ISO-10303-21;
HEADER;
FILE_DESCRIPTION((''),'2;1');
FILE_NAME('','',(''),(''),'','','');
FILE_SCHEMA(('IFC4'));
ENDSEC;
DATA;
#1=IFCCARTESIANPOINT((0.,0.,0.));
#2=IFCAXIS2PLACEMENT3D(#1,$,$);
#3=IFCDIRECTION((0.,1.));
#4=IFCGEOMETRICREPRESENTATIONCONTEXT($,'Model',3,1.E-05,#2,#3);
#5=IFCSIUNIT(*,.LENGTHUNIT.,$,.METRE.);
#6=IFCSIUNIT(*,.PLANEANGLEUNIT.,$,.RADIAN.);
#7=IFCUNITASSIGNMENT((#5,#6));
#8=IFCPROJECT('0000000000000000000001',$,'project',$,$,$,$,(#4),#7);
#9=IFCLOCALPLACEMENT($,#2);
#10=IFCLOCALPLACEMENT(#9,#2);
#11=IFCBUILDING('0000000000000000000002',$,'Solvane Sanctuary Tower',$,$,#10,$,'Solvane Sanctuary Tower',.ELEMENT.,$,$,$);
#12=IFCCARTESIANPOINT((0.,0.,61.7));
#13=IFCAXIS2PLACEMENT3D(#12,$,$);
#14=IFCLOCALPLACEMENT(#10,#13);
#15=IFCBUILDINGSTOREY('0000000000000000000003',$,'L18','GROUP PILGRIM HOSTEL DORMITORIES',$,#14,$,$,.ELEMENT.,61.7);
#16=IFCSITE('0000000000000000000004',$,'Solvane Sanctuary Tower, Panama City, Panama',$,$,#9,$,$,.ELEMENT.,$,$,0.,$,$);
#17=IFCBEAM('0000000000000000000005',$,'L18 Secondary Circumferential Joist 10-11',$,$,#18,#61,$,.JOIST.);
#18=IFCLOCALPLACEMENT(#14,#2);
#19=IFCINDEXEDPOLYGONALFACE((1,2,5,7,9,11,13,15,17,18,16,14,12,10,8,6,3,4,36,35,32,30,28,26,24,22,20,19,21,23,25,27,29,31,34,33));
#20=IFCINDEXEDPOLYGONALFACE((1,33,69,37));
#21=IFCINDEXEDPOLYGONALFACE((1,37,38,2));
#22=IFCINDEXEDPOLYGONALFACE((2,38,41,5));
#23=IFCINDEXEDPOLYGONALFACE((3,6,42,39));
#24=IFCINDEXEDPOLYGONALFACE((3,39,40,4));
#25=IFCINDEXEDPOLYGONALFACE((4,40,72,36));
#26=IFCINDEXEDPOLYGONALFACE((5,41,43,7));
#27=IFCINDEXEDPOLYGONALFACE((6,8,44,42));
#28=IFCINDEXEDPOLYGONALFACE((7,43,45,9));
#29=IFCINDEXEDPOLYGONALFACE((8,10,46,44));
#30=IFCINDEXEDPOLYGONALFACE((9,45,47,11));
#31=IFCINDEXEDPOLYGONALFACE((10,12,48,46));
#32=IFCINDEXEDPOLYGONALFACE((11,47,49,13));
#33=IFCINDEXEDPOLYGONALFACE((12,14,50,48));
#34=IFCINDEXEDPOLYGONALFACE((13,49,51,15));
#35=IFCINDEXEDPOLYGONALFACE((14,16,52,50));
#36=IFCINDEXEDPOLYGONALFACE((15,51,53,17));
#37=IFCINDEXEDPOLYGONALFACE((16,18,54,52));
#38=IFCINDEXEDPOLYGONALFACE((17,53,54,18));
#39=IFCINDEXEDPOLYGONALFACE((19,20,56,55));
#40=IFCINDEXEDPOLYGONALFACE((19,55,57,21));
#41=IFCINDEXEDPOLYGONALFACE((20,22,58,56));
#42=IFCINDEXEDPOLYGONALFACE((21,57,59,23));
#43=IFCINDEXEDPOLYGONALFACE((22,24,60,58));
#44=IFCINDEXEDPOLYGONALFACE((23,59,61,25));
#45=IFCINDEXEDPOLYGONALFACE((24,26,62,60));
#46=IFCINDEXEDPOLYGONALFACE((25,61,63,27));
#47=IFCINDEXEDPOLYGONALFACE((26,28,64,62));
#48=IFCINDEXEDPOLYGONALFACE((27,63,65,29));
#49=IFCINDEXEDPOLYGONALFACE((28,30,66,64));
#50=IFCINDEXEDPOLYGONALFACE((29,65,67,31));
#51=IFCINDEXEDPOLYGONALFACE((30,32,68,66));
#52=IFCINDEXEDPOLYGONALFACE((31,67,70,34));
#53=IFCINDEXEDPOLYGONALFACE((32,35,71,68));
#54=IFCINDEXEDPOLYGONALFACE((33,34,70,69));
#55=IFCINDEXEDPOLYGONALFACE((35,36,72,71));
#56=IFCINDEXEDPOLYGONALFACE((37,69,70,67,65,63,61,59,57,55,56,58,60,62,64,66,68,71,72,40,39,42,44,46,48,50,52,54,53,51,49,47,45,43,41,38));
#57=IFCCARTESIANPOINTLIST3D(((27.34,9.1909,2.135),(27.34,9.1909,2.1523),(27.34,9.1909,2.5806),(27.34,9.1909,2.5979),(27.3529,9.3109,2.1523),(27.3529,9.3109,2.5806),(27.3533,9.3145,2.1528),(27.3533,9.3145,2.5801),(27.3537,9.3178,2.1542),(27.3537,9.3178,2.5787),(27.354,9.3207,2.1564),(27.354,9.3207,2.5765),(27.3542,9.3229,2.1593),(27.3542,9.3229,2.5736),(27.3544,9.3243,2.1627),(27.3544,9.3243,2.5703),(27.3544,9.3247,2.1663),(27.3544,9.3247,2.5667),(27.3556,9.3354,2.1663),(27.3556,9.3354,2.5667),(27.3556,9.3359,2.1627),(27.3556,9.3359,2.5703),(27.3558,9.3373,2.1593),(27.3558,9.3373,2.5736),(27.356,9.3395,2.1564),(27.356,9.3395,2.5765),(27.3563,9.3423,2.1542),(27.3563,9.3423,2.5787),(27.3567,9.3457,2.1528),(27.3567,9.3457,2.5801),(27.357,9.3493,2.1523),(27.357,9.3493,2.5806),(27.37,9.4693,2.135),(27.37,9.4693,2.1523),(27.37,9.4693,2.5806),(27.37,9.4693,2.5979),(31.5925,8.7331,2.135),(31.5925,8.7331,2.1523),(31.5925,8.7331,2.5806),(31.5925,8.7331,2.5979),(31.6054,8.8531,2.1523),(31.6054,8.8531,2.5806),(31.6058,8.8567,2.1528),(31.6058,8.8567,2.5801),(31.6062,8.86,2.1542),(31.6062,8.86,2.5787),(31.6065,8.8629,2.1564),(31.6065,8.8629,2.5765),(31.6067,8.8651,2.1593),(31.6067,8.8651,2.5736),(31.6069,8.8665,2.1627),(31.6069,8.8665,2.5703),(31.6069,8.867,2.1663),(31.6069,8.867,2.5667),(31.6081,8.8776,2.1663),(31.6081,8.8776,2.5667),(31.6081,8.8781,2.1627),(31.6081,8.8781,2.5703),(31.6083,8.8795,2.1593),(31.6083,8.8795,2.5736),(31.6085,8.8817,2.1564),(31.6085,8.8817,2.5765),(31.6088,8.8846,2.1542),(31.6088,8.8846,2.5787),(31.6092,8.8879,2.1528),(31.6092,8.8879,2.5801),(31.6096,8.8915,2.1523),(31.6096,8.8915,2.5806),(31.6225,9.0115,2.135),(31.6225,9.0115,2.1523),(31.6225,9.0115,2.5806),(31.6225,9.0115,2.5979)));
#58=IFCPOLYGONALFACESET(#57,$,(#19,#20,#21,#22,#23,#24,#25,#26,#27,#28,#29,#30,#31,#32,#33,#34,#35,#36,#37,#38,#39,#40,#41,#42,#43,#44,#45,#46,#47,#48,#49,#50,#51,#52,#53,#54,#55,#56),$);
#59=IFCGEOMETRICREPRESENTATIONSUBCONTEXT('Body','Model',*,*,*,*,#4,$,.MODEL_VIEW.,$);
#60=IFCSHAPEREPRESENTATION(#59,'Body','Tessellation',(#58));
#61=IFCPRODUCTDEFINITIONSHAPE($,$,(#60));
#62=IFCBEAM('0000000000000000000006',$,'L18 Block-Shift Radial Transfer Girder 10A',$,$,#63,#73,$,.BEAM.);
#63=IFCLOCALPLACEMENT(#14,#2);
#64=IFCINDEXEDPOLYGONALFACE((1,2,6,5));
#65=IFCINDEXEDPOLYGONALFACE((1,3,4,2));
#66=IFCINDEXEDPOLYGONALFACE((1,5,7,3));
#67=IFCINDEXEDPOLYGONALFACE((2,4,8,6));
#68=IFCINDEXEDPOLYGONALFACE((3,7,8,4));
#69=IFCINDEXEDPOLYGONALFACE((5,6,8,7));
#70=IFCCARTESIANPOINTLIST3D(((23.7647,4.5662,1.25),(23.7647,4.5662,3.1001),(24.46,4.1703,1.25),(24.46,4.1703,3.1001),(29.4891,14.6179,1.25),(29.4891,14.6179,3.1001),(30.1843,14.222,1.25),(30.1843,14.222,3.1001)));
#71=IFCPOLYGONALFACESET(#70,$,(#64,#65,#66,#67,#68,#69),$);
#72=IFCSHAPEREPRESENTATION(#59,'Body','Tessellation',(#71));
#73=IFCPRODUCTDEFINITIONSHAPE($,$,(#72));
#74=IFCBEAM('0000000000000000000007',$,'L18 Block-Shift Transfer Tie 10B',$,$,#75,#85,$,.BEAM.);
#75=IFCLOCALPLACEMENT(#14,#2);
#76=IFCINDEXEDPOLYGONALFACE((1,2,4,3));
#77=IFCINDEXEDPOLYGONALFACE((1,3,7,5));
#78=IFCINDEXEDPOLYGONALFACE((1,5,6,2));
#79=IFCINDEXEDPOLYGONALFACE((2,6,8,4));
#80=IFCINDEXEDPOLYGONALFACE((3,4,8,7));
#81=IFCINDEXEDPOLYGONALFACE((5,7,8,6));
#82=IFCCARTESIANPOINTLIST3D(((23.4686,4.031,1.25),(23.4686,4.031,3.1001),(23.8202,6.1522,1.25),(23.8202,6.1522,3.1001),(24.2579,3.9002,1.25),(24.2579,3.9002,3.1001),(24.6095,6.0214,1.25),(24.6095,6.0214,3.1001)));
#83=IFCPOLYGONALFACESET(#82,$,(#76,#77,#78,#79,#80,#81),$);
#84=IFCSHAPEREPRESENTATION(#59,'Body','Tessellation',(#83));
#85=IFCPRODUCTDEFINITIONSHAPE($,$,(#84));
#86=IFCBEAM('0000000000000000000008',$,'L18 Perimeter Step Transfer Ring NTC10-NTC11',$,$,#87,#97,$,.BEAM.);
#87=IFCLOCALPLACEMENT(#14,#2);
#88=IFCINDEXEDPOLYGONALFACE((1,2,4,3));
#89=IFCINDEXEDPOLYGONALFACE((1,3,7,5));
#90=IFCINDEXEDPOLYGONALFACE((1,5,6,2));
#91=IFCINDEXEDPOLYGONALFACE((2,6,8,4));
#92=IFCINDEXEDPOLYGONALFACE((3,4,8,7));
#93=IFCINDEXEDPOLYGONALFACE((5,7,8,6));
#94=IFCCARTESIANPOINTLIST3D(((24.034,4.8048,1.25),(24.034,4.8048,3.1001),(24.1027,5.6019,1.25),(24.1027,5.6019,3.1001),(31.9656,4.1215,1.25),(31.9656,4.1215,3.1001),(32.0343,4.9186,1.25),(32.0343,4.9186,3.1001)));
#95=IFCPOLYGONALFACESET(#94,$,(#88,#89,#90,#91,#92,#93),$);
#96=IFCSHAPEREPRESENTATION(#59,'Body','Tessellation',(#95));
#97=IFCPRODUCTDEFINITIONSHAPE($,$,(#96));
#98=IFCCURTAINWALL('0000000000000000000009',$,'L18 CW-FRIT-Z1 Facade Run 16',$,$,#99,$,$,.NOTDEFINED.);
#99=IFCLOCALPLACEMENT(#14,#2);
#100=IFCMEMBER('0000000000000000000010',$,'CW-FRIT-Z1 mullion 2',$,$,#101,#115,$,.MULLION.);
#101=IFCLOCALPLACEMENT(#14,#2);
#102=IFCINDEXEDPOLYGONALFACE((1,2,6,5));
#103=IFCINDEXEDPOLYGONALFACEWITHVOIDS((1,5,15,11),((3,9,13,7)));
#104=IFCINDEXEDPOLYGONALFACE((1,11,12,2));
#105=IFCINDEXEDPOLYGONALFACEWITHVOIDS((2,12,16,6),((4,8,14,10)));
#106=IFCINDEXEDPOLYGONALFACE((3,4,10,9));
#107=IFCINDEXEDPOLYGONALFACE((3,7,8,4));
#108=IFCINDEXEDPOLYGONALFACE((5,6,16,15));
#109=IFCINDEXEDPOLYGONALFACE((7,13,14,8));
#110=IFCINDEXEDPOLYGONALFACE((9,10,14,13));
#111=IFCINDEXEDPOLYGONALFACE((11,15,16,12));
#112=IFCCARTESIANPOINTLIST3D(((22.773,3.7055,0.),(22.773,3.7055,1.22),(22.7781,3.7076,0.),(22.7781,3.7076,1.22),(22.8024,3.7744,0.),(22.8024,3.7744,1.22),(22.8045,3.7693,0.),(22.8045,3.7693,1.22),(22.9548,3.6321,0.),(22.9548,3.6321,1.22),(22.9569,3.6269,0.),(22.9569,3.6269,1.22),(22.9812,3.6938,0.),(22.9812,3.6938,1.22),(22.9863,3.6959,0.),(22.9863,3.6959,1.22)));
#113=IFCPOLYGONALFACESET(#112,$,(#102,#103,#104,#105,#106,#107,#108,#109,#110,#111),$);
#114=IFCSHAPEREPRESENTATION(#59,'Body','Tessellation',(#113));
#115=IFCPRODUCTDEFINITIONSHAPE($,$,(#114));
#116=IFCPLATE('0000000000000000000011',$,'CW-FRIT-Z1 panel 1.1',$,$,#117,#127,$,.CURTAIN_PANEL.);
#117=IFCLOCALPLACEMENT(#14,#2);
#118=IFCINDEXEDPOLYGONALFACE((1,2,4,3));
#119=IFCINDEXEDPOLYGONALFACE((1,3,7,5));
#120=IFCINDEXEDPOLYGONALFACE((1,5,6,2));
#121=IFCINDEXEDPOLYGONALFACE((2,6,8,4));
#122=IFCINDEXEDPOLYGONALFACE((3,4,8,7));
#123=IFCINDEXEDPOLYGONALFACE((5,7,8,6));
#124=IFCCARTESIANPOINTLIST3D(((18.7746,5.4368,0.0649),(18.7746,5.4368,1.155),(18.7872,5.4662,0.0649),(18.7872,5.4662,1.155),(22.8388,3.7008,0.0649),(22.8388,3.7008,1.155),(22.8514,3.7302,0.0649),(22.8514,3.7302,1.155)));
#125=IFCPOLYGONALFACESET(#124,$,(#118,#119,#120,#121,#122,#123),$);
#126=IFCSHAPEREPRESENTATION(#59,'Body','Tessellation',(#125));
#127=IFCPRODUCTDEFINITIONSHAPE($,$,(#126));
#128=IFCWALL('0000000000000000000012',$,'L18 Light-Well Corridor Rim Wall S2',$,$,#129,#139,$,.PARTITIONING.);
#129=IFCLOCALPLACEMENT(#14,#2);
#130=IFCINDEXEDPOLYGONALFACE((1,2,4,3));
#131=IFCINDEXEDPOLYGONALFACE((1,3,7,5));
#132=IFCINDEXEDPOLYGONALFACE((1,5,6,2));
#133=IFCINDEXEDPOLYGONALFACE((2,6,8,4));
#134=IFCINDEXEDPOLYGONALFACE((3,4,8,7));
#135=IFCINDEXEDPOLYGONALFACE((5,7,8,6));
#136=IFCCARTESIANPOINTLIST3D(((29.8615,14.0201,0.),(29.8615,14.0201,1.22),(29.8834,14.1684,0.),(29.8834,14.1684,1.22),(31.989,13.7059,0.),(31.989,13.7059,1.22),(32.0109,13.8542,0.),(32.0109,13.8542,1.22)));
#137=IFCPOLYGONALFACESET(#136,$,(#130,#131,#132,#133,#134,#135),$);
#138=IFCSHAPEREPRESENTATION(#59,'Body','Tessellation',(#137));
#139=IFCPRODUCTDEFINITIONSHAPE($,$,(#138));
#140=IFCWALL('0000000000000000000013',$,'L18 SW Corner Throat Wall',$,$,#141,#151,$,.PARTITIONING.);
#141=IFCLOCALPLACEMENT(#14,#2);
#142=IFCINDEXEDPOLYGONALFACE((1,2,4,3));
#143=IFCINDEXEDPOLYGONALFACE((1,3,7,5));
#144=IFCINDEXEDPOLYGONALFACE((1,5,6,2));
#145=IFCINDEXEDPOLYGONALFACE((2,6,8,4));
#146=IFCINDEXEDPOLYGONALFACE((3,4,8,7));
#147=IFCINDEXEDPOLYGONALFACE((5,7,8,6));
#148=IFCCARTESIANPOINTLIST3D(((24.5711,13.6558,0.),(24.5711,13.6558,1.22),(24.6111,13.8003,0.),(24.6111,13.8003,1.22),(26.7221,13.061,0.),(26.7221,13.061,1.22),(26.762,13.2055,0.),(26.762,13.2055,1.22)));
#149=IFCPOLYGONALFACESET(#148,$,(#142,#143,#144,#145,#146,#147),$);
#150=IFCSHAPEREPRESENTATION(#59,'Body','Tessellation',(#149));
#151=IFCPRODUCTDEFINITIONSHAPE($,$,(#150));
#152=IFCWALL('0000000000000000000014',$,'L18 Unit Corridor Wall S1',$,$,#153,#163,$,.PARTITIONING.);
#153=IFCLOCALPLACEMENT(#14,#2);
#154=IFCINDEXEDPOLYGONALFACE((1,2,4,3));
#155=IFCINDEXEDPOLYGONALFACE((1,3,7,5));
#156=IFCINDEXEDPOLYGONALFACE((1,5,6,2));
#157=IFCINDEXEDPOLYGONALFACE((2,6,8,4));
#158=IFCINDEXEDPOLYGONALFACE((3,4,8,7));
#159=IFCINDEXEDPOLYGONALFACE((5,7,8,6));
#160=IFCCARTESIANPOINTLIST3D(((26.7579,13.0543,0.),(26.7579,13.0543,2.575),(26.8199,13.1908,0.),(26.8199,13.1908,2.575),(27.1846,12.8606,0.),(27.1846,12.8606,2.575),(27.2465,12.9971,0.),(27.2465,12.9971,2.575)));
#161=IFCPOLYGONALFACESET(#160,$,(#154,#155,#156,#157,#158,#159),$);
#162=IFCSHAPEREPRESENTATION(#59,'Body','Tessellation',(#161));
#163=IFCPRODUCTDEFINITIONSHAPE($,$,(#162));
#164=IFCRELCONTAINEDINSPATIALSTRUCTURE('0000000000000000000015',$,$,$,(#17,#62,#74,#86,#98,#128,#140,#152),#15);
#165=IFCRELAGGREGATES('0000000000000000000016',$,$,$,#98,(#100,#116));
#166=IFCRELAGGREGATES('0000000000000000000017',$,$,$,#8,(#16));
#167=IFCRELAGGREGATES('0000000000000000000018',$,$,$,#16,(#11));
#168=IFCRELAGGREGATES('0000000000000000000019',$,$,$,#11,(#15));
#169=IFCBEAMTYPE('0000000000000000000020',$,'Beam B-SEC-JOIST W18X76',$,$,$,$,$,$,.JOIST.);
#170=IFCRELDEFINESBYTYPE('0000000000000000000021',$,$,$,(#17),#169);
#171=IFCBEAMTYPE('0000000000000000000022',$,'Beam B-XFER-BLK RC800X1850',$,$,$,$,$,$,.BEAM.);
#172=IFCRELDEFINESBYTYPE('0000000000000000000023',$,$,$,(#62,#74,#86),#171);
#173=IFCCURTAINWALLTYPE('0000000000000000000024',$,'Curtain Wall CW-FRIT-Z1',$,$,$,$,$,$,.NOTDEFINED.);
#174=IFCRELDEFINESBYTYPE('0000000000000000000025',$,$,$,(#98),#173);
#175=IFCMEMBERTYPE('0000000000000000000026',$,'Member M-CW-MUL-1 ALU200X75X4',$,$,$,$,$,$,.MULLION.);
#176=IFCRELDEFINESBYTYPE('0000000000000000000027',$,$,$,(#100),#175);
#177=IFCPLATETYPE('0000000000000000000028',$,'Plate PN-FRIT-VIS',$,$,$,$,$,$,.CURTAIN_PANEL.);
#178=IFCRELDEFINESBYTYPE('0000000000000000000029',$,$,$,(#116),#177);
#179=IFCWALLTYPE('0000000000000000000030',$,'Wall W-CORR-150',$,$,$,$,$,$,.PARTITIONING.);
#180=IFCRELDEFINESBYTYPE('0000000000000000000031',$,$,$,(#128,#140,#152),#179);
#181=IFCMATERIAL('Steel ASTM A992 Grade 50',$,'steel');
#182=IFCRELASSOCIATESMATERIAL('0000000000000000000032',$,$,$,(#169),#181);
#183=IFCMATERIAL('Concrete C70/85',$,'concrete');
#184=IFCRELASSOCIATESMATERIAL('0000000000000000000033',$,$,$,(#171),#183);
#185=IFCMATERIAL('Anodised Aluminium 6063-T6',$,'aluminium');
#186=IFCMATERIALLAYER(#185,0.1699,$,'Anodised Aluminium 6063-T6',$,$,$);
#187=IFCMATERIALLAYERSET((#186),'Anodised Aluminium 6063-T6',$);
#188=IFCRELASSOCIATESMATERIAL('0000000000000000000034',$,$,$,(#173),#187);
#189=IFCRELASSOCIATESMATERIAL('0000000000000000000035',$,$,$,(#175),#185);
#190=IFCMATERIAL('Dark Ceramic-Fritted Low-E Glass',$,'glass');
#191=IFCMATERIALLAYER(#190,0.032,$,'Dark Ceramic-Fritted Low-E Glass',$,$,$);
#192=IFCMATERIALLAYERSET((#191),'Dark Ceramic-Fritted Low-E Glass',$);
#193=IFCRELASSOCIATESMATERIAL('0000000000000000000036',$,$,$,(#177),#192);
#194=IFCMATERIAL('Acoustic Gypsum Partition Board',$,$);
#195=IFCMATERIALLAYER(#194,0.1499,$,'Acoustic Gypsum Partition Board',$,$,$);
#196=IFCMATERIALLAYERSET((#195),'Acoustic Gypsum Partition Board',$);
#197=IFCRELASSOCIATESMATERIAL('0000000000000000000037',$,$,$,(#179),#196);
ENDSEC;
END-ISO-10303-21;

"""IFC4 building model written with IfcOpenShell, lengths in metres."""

from ifc_helpers import new_model, si_unit, direction, frame, frame_2d, origin, origin_2d, place, context, subcontext, project, spatial, rectangle, hollow_rectangle, i_section, extrude, material, layer, layer_set, material_profile, profile_set, type_object, element, aggregate, save


model = new_model("IFC4")

# Units and contexts
model_context = context("Model", 3, precision=1e-05, world=origin(), true_north=direction((0.0, 1.0)))
body_context = subcontext(model_context, "Body", "Model", "MODEL_VIEW")
ifc_project = project(units=[si_unit("LENGTHUNIT", "METRE"), si_unit("PLANEANGLEUNIT", "RADIAN")], contexts=[model_context])

# Site, building, storey
site_placement = place(None, origin())
site = spatial("IfcSite", under=ifc_project, at=site_placement, Name="Solvane Sanctuary Tower, Panama City, Panama", CompositionType="ELEMENT", RefElevation=0.0)
building_placement = place(site_placement, origin())
building = spatial("IfcBuilding", under=site, at=building_placement, Name="Solvane Sanctuary Tower", LongName="Solvane Sanctuary Tower", CompositionType="ELEMENT")
storey_placement = place(building_placement, frame((0.0, 0.0, 61.7)))
storey = spatial("IfcBuildingStorey", under=building, at=storey_placement, Name="L18", Description="GROUP PILGRIM HOSTEL DORMITORIES", CompositionType="ELEMENT", Elevation=61.7)

# Shared definitions
ifc_material_1 = material(Name="Concrete C70/85", Category="concrete")

# Beams
ifc_material_2 = material(Name="Steel ASTM A992 Grade 50", Category="steel")
ifc_material_profile_1 = material_profile(ifc_material_2, i_section(OverallWidth=0.28, OverallDepth=0.4629, WebThickness=0.0107, FlangeThickness=0.0173, FilletRadius=0.0139, at=origin_2d()), Name="W18X76")
ifc_profile_set_1 = profile_set([ifc_material_profile_1], Name="Steel ASTM A992 Grade 50")
beam_type_1 = type_object("IfcBeamType", Name="Beam B-SEC-JOIST W18X76", PredefinedType="JOIST", material=ifc_profile_set_1)
beam_1_placement = place(storey_placement, frame((27.355, 9.3301, 2.3665), z_axis=(0.994256, -0.107029, 0.0), x_axis=(0.107029, 0.994256, 0.0)))
element("IfcBeam", 1, at=beam_1_placement, inside=storey, type_object=beam_type_1, Name="L18 Secondary Circumferential Joist 10-11", PredefinedType="JOIST", context=body_context, shape_type="SweptSolid", body=[
    extrude(i_section(OverallWidth=0.28, OverallDepth=0.4629, WebThickness=0.0107, FlangeThickness=0.0173, FilletRadius=0.0139, at=origin_2d()), origin(), (0.0, 0.0, 1.0), 4.2771),
])
ifc_material_profile_2 = material_profile(ifc_material_1, rectangle(XDim=0.8, YDim=1.8501, at=origin_2d()), Name="RC800X1850")
ifc_profile_set_2 = profile_set([ifc_material_profile_2], Name="Concrete C70/85")
beam_type_2 = type_object("IfcBeamType", Name="Beam B-XFER-BLK RC800X1850", PredefinedType="BEAM", material=ifc_profile_set_2)
beam_2_placement = place(storey_placement, frame((29.8367, 14.4199, 2.175), z_axis=(-0.494868, -0.868968, 0.0), x_axis=(0.868968, -0.494868, 0.0)))
element("IfcBeam", 2, at=beam_2_placement, inside=storey, type_object=beam_type_2, Name="L18 Block-Shift Radial Transfer Girder 10A", PredefinedType="BEAM", context=body_context, shape_type="SweptSolid", body=[
    extrude(rectangle(XDim=0.8, YDim=1.8501, at=origin_2d()), origin(), (0.0, 0.0, 1.0), 11.5674),
])
beam_3_placement = place(storey_placement, frame((23.8633, 3.9656, 2.175), z_axis=(0.163515, 0.986541, 0.0), x_axis=(-0.986541, 0.163515, 0.0)))
element("IfcBeam", 3, at=beam_3_placement, inside=storey, type_object=beam_type_2, Name="L18 Block-Shift Transfer Tie 10B", PredefinedType="BEAM", context=body_context, shape_type="SweptSolid", body=[
    extrude(rectangle(XDim=0.8, YDim=1.8501, at=origin_2d()), origin(), (0.0, 0.0, 1.0), 2.1501),
])
beam_4_placement = place(storey_placement, frame((24.0684, 5.2034, 2.175), z_axis=(0.996309, -0.085837, 0.0), x_axis=(0.085837, 0.996309, 0.0)))
element("IfcBeam", 4, at=beam_4_placement, inside=storey, type_object=beam_type_2, Name="L18 Perimeter Step Transfer Ring NTC10-NTC11", PredefinedType="BEAM", context=body_context, shape_type="SweptSolid", body=[
    extrude(rectangle(XDim=0.8, YDim=1.8501, at=origin_2d()), origin(), (0.0, 0.0, 1.0), 7.9609),
])

# Curtain wall, member, plate
ifc_material_3 = material(Name="Anodised Aluminium 6063-T6", Category="aluminium")
ifc_layer_1 = layer(ifc_material_3, 0.1699, Name="Anodised Aluminium 6063-T6")
ifc_layer_set_1 = layer_set([ifc_layer_1], Name="Anodised Aluminium 6063-T6")
curtain_wall_type = type_object("IfcCurtainWallType", Name="Curtain Wall CW-FRIT-Z1", PredefinedType="NOTDEFINED", material=ifc_layer_set_1)
curtain_wall_placement = place(storey_placement, origin())
curtain_wall = element("IfcCurtainWall", 5, at=curtain_wall_placement, inside=storey, type_object=curtain_wall_type, Name="L18 CW-FRIT-Z1 Facade Run 16", PredefinedType="NOTDEFINED")
ifc_material_profile_3 = material_profile(ifc_material_3, hollow_rectangle(XDim=0.075, YDim=0.2, WallThickness=0.0039, at=origin_2d()), Name="ALU200X75X4")
ifc_profile_set_3 = profile_set([ifc_material_profile_3], Name="Anodised Aluminium 6063-T6")
member_type = type_object("IfcMemberType", Name="Member M-CW-MUL-1 ALU200X75X4", PredefinedType="MULLION", material=ifc_profile_set_3)
member_placement = place(storey_placement, frame((22.8796, 3.7007, 0.0), z_axis=(0.0, 0.0, 1.0), x_axis=(0.39282, 0.919615, 0.0)))
member = element("IfcMember", 6, at=member_placement, type_object=member_type, Name="CW-FRIT-Z1 mullion 2", PredefinedType="MULLION", context=body_context, shape_type="SweptSolid", body=[
    extrude(hollow_rectangle(XDim=0.075, YDim=0.2, WallThickness=0.0039, at=origin_2d()), origin(), (0.0, 0.0, 1.0), 1.22),
])
ifc_material_4 = material(Name="Dark Ceramic-Fritted Low-E Glass", Category="glass")
ifc_layer_2 = layer(ifc_material_4, 0.032, Name="Dark Ceramic-Fritted Low-E Glass")
ifc_layer_set_2 = layer_set([ifc_layer_2], Name="Dark Ceramic-Fritted Low-E Glass")
plate_type = type_object("IfcPlateType", Name="Plate PN-FRIT-VIS", PredefinedType="CURTAIN_PANEL", material=ifc_layer_set_2)
plate_placement = place(storey_placement, frame((20.813, 4.5835, 0.0649), z_axis=(0.0, 0.0, 1.0), x_axis=(0.919615, -0.39282, 0.0)))
plate = element("IfcPlate", 7, at=plate_placement, type_object=plate_type, Name="CW-FRIT-Z1 panel 1.1", PredefinedType="CURTAIN_PANEL", context=body_context, shape_type="SweptSolid", body=[
    extrude(rectangle(XDim=4.4194, YDim=0.032, at=origin_2d()), origin(), (0.0, 0.0, 1.0), 1.0901),
])
aggregate(curtain_wall, [member, plate])

# Walls
ifc_material_5 = material(Name="Acoustic Gypsum Partition Board")
ifc_layer_3 = layer(ifc_material_5, 0.1499, Name="Acoustic Gypsum Partition Board")
ifc_layer_set_3 = layer_set([ifc_layer_3], Name="Acoustic Gypsum Partition Board")
wall_type_1 = type_object("IfcWallType", Name="Wall W-CORR-150", PredefinedType="PARTITIONING", material=ifc_layer_set_3)
wall_1_placement = place(storey_placement, frame((29.8726, 14.0942, 0.0), z_axis=(0.0, 0.0, 1.0), x_axis=(0.989269, -0.146108, 0.0)))
element("IfcWall", 8, at=wall_1_placement, inside=storey, type_object=wall_type_1, Name="L18 Light-Well Corridor Rim Wall S2", PredefinedType="PARTITIONING", context=body_context, shape_type="SweptSolid", body=[
    extrude(rectangle(XDim=2.1506, YDim=0.1499, at=frame_2d((1.0752, 0.0))), origin(), (0.0, 0.0, 1.0), 1.22),
])
wall_2_placement = place(storey_placement, frame((26.7419, 13.1333, 0.0), z_axis=(0.0, 0.0, 1.0), x_axis=(-0.963834, 0.266504, 0.0)))
element("IfcWall", 9, at=wall_2_placement, inside=storey, type_object=wall_type_1, Name="L18 SW Corner Throat Wall", PredefinedType="PARTITIONING", context=body_context, shape_type="SweptSolid", body=[
    extrude(rectangle(XDim=2.2317, YDim=0.1499, at=frame_2d((1.1157, 0.0))), origin(), (0.0, 0.0, 1.0), 1.22),
])
wall_3_placement = place(storey_placement, frame((26.7888, 13.1226, 0.0), z_axis=(0.0, 0.0, 1.0), x_axis=(0.910581, -0.413332, 0.0)))
element("IfcWall", 10, at=wall_3_placement, inside=storey, type_object=wall_type_1, Name="L18 Unit Corridor Wall S1", PredefinedType="PARTITIONING", context=body_context, shape_type="SweptSolid", body=[
    extrude(rectangle(XDim=0.4685, YDim=0.1499, at=frame_2d((0.2344, 0.0))), origin(), (0.0, 0.0, 1.0), 2.575),
])

save(model, "model.ifc")
